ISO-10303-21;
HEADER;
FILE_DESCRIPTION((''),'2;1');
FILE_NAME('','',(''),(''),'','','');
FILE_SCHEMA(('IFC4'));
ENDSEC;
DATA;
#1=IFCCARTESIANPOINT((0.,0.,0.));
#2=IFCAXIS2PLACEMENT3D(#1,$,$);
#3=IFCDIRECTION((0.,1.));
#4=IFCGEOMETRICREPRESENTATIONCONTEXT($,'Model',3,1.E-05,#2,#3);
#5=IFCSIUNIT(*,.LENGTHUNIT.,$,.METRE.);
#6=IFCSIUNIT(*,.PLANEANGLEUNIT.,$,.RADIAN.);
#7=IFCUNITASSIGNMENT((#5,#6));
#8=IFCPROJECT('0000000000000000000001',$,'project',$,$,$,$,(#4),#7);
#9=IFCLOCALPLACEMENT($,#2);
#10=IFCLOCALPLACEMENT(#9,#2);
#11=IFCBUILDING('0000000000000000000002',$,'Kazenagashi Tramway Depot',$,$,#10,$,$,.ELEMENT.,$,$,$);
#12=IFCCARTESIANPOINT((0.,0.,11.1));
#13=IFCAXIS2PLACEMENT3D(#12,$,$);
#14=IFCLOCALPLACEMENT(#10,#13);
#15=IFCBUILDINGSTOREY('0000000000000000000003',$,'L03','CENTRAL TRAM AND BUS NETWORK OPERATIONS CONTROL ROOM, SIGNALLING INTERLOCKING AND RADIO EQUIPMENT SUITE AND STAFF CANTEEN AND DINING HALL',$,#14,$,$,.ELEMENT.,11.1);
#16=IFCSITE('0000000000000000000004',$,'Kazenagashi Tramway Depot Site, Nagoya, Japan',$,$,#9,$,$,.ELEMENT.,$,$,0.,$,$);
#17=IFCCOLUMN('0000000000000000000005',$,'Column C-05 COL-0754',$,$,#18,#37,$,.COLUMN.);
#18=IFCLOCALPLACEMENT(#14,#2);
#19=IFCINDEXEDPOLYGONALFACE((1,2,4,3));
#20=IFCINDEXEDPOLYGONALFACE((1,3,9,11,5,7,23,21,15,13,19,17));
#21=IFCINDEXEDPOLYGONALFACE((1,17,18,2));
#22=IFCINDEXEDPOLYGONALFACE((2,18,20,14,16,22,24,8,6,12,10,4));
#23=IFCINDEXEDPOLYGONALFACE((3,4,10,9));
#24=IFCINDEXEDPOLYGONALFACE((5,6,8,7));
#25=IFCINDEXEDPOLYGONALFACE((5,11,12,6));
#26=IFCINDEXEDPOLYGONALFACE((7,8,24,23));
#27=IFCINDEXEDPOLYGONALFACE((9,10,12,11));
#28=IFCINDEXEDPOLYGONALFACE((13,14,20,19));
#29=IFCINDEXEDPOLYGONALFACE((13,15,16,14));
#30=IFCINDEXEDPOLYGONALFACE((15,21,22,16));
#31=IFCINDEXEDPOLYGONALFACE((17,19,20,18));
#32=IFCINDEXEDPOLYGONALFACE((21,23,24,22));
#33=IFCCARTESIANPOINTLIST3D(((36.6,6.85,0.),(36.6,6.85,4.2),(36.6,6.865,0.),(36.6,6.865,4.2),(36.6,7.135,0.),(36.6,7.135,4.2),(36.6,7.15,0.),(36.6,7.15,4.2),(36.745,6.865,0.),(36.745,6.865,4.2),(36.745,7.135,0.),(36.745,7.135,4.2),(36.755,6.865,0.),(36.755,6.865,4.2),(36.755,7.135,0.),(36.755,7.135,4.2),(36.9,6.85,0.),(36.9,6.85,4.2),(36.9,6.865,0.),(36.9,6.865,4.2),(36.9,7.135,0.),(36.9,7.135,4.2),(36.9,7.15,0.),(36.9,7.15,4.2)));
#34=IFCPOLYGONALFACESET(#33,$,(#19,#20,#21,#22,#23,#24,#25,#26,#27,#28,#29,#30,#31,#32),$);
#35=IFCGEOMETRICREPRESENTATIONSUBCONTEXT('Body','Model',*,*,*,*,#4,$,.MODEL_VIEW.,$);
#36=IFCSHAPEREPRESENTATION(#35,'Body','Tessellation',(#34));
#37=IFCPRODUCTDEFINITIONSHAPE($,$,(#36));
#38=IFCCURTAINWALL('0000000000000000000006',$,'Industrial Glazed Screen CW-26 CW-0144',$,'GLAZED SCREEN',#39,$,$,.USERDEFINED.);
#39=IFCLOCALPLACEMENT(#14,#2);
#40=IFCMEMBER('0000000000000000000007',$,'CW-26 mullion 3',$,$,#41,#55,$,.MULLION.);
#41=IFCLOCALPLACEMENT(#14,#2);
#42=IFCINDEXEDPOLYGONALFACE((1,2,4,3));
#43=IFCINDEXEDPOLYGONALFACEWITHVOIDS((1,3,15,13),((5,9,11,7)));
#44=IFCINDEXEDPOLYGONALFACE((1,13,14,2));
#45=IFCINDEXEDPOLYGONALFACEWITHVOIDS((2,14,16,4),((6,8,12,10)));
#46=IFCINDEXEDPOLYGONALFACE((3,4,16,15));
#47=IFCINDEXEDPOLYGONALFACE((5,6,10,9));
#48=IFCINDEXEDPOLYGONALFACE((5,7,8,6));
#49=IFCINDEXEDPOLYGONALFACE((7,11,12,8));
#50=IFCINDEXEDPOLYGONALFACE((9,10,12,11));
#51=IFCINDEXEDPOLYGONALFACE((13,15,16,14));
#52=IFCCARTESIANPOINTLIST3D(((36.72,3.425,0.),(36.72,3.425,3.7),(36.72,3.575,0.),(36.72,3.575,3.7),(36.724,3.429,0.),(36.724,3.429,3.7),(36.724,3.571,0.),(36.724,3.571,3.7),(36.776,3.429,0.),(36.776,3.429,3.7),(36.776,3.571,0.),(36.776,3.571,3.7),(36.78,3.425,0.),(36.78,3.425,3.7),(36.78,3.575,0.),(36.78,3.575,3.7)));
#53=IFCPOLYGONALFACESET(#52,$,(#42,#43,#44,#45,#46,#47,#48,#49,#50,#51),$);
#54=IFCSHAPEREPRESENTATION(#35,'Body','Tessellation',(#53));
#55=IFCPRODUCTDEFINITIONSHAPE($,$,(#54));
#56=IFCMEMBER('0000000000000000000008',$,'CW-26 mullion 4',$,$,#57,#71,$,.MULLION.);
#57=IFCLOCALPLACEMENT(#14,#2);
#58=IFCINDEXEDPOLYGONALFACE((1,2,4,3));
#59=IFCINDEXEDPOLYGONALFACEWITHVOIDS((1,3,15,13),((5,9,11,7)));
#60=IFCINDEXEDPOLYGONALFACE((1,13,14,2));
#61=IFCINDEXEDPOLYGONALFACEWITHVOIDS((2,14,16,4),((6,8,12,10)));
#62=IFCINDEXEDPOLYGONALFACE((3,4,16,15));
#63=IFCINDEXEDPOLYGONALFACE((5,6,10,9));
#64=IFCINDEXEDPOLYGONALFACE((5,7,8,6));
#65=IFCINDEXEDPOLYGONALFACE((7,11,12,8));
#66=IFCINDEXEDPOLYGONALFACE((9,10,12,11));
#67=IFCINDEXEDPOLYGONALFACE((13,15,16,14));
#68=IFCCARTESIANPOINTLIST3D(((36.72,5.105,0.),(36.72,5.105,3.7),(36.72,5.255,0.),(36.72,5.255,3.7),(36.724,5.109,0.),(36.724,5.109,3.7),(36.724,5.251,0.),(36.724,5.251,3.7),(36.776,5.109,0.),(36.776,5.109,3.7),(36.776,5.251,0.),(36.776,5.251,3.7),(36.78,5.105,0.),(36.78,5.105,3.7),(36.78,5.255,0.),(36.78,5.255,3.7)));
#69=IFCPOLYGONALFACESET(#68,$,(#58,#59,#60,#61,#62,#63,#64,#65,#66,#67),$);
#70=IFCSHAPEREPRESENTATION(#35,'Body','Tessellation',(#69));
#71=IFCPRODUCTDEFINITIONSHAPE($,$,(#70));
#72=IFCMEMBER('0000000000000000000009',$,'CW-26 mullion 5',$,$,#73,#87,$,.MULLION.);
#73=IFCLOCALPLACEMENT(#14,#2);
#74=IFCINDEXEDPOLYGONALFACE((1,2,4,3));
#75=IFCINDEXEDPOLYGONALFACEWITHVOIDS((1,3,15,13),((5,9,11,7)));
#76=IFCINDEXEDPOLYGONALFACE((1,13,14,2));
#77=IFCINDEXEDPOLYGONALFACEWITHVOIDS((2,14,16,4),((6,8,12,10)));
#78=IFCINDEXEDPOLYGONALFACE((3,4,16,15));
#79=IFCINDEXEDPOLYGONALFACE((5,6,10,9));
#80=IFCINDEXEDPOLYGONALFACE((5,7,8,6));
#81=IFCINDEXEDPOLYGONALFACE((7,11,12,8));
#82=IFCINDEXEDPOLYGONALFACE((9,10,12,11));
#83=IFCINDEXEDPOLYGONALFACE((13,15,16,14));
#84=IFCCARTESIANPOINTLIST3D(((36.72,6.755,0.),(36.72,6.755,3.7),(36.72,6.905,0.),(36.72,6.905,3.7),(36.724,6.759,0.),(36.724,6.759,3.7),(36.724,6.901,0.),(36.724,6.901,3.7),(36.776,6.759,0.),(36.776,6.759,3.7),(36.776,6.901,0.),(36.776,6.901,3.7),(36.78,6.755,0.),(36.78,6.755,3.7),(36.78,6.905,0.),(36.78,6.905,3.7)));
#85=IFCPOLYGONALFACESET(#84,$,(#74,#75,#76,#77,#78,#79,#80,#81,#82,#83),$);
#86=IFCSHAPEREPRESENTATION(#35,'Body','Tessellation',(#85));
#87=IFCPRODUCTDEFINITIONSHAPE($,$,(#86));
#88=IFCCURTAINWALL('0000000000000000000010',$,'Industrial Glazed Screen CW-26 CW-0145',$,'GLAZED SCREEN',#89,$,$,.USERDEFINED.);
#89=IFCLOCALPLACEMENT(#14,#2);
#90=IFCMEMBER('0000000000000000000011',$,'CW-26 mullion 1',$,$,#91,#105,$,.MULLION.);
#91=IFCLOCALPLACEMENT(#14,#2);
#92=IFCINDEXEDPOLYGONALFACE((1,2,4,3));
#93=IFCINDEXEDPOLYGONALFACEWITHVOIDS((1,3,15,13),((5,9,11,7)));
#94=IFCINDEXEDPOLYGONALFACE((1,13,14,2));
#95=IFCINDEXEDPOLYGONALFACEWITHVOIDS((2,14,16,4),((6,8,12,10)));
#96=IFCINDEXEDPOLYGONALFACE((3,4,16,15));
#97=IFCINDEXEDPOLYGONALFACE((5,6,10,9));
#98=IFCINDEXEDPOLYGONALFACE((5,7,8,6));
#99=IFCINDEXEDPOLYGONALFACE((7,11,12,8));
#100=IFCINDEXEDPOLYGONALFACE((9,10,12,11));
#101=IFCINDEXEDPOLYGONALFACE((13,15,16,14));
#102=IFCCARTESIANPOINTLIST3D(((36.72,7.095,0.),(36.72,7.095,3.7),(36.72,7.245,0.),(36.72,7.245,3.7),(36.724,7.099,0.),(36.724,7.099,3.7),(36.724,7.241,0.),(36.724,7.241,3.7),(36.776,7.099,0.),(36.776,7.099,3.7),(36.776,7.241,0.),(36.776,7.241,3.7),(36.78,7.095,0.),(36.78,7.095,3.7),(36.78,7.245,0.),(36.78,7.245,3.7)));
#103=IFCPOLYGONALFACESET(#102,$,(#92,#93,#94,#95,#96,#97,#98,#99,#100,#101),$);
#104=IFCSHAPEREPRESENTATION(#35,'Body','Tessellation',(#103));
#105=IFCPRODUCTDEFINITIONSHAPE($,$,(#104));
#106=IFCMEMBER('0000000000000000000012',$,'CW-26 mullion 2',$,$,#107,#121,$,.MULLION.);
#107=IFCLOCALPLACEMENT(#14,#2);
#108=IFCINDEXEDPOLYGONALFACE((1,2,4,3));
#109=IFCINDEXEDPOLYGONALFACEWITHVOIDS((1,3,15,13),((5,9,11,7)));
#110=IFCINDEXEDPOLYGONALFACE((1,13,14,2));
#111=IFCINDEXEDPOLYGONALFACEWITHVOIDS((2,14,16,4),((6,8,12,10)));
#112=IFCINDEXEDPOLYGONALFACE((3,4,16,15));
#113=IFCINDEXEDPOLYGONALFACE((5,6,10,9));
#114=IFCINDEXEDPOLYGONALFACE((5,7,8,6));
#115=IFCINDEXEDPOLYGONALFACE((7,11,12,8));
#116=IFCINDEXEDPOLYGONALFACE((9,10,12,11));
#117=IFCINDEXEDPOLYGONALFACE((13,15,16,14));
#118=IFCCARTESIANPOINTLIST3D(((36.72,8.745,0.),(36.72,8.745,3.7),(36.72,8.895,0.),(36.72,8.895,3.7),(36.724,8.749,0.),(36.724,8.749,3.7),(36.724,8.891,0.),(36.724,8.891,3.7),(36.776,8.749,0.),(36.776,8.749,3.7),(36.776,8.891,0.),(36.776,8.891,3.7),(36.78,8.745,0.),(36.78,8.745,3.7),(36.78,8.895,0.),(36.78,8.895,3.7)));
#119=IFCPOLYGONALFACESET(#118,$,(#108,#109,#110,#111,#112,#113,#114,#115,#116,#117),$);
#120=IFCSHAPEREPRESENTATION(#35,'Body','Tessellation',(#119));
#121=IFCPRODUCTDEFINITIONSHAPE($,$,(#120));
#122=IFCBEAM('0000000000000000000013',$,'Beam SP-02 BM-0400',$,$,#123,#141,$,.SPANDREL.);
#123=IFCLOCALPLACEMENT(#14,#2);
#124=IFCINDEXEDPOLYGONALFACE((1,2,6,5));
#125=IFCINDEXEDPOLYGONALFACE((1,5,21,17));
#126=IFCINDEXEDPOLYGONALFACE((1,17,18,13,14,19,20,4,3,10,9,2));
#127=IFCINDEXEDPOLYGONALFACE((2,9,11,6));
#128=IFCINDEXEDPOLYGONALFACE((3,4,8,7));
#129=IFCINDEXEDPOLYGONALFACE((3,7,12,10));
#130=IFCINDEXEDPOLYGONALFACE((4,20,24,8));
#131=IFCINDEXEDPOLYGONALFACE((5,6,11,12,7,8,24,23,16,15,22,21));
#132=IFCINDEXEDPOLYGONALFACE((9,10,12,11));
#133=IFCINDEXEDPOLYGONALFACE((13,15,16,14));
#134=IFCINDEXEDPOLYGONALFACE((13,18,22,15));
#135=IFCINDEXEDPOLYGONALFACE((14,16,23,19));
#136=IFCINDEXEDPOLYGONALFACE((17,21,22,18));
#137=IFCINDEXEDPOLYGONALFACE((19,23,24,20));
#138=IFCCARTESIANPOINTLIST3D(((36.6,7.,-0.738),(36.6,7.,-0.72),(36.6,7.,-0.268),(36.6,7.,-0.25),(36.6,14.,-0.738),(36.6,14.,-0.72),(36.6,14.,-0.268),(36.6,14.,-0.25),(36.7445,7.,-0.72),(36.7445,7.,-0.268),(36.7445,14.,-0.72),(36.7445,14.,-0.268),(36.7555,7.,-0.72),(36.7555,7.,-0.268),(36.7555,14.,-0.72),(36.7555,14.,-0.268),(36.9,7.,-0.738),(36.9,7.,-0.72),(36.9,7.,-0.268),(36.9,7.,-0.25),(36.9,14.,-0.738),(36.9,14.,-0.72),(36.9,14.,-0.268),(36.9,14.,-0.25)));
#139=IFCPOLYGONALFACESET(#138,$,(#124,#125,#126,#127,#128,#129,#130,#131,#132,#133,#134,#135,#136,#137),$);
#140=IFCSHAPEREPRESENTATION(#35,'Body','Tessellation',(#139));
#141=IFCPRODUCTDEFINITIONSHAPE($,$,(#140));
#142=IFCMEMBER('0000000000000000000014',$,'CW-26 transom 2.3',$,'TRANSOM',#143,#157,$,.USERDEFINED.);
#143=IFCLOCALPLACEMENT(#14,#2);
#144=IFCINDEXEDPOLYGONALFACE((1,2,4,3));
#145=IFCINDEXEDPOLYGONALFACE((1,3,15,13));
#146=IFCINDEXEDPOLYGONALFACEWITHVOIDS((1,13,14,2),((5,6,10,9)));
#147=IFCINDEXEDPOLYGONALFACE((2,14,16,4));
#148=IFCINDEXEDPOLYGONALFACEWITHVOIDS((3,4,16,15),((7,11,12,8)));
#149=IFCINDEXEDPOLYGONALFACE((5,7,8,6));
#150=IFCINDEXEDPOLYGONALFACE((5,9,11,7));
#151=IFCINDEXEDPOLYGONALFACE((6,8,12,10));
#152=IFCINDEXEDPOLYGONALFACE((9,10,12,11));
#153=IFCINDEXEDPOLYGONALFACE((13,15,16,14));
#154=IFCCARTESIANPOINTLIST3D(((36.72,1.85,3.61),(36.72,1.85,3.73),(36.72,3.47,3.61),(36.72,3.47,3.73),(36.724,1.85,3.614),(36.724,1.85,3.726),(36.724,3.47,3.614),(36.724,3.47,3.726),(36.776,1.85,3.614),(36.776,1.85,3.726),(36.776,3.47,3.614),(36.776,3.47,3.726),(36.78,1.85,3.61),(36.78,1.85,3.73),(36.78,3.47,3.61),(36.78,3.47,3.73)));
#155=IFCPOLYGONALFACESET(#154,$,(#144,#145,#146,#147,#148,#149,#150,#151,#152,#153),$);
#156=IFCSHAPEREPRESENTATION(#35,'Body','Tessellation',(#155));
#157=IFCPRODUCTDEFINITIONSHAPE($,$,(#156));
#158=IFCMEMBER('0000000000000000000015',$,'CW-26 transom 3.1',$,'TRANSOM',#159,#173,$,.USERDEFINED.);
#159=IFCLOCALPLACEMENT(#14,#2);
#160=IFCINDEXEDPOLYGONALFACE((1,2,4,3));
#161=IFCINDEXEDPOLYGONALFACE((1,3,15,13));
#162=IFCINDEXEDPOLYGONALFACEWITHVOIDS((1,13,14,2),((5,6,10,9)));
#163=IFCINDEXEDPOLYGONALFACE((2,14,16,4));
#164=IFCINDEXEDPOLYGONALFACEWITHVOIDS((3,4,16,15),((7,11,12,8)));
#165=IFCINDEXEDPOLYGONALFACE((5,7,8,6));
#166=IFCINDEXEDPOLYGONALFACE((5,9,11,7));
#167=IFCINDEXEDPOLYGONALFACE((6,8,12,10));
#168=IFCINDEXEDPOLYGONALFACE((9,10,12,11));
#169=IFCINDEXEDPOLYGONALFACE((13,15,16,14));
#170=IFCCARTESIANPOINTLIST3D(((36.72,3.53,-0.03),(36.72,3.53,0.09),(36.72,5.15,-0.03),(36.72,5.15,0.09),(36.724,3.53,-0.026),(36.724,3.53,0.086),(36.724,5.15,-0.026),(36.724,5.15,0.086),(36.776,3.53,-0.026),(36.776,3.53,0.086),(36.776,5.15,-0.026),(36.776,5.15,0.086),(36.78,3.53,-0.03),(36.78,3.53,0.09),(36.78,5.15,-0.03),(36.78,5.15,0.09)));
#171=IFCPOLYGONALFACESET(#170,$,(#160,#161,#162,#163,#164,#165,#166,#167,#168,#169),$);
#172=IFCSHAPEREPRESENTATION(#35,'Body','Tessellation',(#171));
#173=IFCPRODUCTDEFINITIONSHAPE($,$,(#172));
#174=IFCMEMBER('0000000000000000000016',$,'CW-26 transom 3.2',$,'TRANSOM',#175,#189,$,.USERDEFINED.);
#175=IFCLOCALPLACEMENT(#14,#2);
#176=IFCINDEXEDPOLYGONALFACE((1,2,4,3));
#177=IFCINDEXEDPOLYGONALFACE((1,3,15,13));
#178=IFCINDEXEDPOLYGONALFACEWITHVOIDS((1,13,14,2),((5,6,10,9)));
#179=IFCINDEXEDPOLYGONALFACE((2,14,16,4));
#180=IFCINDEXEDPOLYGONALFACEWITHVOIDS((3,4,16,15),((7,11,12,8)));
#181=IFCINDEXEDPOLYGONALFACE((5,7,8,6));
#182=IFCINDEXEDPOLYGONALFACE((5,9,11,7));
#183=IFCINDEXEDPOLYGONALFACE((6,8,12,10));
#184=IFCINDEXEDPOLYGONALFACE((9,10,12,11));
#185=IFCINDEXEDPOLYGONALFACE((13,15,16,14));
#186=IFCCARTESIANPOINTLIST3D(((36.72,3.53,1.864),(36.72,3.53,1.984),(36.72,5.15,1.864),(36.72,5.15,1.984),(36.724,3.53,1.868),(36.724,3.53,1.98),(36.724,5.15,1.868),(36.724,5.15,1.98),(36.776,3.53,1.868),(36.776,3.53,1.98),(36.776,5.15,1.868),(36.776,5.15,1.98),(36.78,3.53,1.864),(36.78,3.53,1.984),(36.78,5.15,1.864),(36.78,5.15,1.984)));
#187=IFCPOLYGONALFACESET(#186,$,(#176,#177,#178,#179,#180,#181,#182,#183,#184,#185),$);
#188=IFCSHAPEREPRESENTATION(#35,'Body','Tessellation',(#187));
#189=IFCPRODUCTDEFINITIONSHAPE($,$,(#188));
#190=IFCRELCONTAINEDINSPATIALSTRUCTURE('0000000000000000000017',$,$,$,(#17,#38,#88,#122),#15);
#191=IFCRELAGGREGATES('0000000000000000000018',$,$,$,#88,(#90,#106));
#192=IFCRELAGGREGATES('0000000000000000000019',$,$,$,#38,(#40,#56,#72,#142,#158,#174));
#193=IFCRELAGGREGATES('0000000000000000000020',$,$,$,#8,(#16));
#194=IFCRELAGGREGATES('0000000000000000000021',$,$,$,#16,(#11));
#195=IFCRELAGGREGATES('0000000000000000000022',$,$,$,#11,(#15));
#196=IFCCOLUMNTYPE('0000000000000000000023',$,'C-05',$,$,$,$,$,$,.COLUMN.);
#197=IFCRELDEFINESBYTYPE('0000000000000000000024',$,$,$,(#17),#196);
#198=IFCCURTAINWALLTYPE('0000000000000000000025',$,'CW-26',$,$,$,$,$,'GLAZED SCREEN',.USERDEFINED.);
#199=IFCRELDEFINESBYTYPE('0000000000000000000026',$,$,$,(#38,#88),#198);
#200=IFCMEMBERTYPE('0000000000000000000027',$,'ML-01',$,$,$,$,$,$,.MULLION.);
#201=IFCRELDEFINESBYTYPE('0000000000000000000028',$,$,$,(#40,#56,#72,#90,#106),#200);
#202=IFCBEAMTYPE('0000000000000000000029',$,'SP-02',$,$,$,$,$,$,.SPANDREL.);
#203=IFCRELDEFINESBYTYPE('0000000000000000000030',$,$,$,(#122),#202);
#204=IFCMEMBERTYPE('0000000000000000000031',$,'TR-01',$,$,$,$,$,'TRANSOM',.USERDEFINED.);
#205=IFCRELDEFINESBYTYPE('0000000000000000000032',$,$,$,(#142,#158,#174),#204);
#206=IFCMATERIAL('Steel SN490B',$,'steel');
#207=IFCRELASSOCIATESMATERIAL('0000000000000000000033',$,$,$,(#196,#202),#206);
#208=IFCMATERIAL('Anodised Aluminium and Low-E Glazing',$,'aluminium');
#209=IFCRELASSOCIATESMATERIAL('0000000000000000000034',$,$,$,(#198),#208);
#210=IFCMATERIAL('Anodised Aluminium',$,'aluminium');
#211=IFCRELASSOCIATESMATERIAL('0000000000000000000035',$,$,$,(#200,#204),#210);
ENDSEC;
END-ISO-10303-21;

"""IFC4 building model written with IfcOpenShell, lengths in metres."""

from ifc_helpers import new_model, si_unit, direction, frame, origin, origin_2d, place, context, subcontext, project, spatial, hollow_rectangle, i_section, extrude, material, material_profile, profile_set, type_object, element, aggregate, save


model = new_model("IFC4")

# Units and contexts
model_context = context("Model", 3, precision=1e-05, world=origin(), true_north=direction((0.0, 1.0)))
body_context = subcontext(model_context, "Body", "Model", "MODEL_VIEW")
ifc_project = project(units=[si_unit("LENGTHUNIT", "METRE"), si_unit("PLANEANGLEUNIT", "RADIAN")], contexts=[model_context])

# Site, building, storey
site_placement = place(None, origin())
site = spatial("IfcSite", under=ifc_project, at=site_placement, Name="Kazenagashi Tramway Depot Site, Nagoya, Japan", CompositionType="ELEMENT", RefElevation=0.0)
building_placement = place(site_placement, origin())
building = spatial("IfcBuilding", under=site, at=building_placement, Name="Kazenagashi Tramway Depot", CompositionType="ELEMENT")
storey_placement = place(building_placement, frame((0.0, 0.0, 11.1)))
storey = spatial("IfcBuildingStorey", under=building, at=storey_placement, Name="L03", Description="CENTRAL TRAM AND BUS NETWORK OPERATIONS CONTROL ROOM, SIGNALLING INTERLOCKING AND RADIO EQUIPMENT SUITE AND STAFF CANTEEN AND DINING HALL", CompositionType="ELEMENT", Elevation=11.1)

# Column
ifc_material_1 = material(Name="Steel SN490B", Category="steel")
ifc_material_profile_1 = material_profile(ifc_material_1, i_section(OverallWidth=0.3, OverallDepth=0.3, WebThickness=0.01, FlangeThickness=0.015, at=origin_2d()), Name="H-300x300x10x15")
ifc_profile_set_1 = profile_set([ifc_material_profile_1], Name="Steel SN490B")
column_type = type_object("IfcColumnType", Name="C-05", PredefinedType="COLUMN", material=ifc_profile_set_1)
column_placement = place(storey_placement, frame((36.75, 7.0, 0.0), z_axis=(0.0, 0.0, 1.0), x_axis=(1.0, 0.0, 0.0)))
element("IfcColumn", 1, at=column_placement, inside=storey, type_object=column_type, Name="Column C-05 COL-0754", PredefinedType="COLUMN", context=body_context, shape_type="SweptSolid", body=[
    extrude(i_section(OverallWidth=0.3, OverallDepth=0.3, WebThickness=0.01, FlangeThickness=0.015, at=origin_2d()), origin(), (0.0, 0.0, 1.0), 4.2),
])

# Curtain walls, members
ifc_material_2 = material(Name="Anodised Aluminium and Low-E Glazing", Category="aluminium")
curtain_wall_type = type_object("IfcCurtainWallType", Name="CW-26", ElementType="GLAZED SCREEN", PredefinedType="USERDEFINED", material=ifc_material_2)
curtain_wall_1_placement = place(storey_placement, origin())
curtain_wall_1 = element("IfcCurtainWall", 2, at=curtain_wall_1_placement, inside=storey, type_object=curtain_wall_type, Name="Industrial Glazed Screen CW-26 CW-0144", ObjectType="GLAZED SCREEN", PredefinedType="USERDEFINED")
ifc_material_3 = material(Name="Anodised Aluminium", Category="aluminium")
ifc_material_profile_2 = material_profile(ifc_material_3, hollow_rectangle(XDim=0.06, YDim=0.15, WallThickness=0.004, at=origin_2d()), Name="RHS-150x60x4")
ifc_profile_set_2 = profile_set([ifc_material_profile_2], Name="Anodised Aluminium")
member_type_1 = type_object("IfcMemberType", Name="ML-01", PredefinedType="MULLION", material=ifc_profile_set_2)
member_1_placement = place(storey_placement, frame((36.75, 3.5, 0.0), z_axis=(0.0, 0.0, 1.0), x_axis=(-1.0, 0.0, 0.0)))
member_1 = element("IfcMember", 3, at=member_1_placement, type_object=member_type_1, Name="CW-26 mullion 3", PredefinedType="MULLION", context=body_context, shape_type="SweptSolid", body=[
    extrude(hollow_rectangle(XDim=0.06, YDim=0.15, WallThickness=0.004, at=origin_2d()), origin(), (0.0, 0.0, 1.0), 3.7),
])
member_2_placement = place(storey_placement, frame((36.75, 5.18, 0.0), z_axis=(0.0, 0.0, 1.0), x_axis=(-1.0, 0.0, 0.0)))
member_2 = element("IfcMember", 4, at=member_2_placement, type_object=member_type_1, Name="CW-26 mullion 4", PredefinedType="MULLION", context=body_context, shape_type="SweptSolid", body=[
    extrude(hollow_rectangle(XDim=0.06, YDim=0.15, WallThickness=0.004, at=origin_2d()), origin(), (0.0, 0.0, 1.0), 3.7),
])
member_3_placement = place(storey_placement, frame((36.75, 6.83, 0.0), z_axis=(0.0, 0.0, 1.0), x_axis=(-1.0, 0.0, 0.0)))
member_3 = element("IfcMember", 5, at=member_3_placement, type_object=member_type_1, Name="CW-26 mullion 5", PredefinedType="MULLION", context=body_context, shape_type="SweptSolid", body=[
    extrude(hollow_rectangle(XDim=0.06, YDim=0.15, WallThickness=0.004, at=origin_2d()), origin(), (0.0, 0.0, 1.0), 3.7),
])
curtain_wall_2_placement = place(storey_placement, origin())
curtain_wall_2 = element("IfcCurtainWall", 6, at=curtain_wall_2_placement, inside=storey, type_object=curtain_wall_type, Name="Industrial Glazed Screen CW-26 CW-0145", ObjectType="GLAZED SCREEN", PredefinedType="USERDEFINED")
member_4_placement = place(storey_placement, frame((36.75, 7.17, 0.0), z_axis=(0.0, 0.0, 1.0), x_axis=(-1.0, 0.0, 0.0)))
member_4 = element("IfcMember", 7, at=member_4_placement, type_object=member_type_1, Name="CW-26 mullion 1", PredefinedType="MULLION", context=body_context, shape_type="SweptSolid", body=[
    extrude(hollow_rectangle(XDim=0.06, YDim=0.15, WallThickness=0.004, at=origin_2d()), origin(), (0.0, 0.0, 1.0), 3.7),
])
member_5_placement = place(storey_placement, frame((36.75, 8.82, 0.0), z_axis=(0.0, 0.0, 1.0), x_axis=(-1.0, 0.0, 0.0)))
member_5 = element("IfcMember", 8, at=member_5_placement, type_object=member_type_1, Name="CW-26 mullion 2", PredefinedType="MULLION", context=body_context, shape_type="SweptSolid", body=[
    extrude(hollow_rectangle(XDim=0.06, YDim=0.15, WallThickness=0.004, at=origin_2d()), origin(), (0.0, 0.0, 1.0), 3.7),
])

# Beam
ifc_material_profile_3 = material_profile(ifc_material_1, i_section(OverallWidth=0.3, OverallDepth=0.488, WebThickness=0.011, FlangeThickness=0.018, at=origin_2d()), Name="H-488x300x11x18")
ifc_profile_set_3 = profile_set([ifc_material_profile_3], Name="Steel SN490B")
beam_type = type_object("IfcBeamType", Name="SP-02", PredefinedType="SPANDREL", material=ifc_profile_set_3)
beam_placement = place(storey_placement, frame((36.75, 7.0, -0.494), z_axis=(0.0, 1.0, 0.0), x_axis=(-1.0, 0.0, 0.0)))
element("IfcBeam", 9, at=beam_placement, inside=storey, type_object=beam_type, Name="Beam SP-02 BM-0400", PredefinedType="SPANDREL", context=body_context, shape_type="SweptSolid", body=[
    extrude(i_section(OverallWidth=0.3, OverallDepth=0.488, WebThickness=0.011, FlangeThickness=0.018, at=origin_2d()), origin(), (0.0, 0.0, 1.0), 7.0),
])

# Members
ifc_material_profile_4 = material_profile(ifc_material_3, hollow_rectangle(XDim=0.06, YDim=0.12, WallThickness=0.004, at=origin_2d()), Name="RHS-120x60x4")
ifc_profile_set_4 = profile_set([ifc_material_profile_4], Name="Anodised Aluminium")
member_type_2 = type_object("IfcMemberType", Name="TR-01", ElementType="TRANSOM", PredefinedType="USERDEFINED", material=ifc_profile_set_4)
member_6_placement = place(storey_placement, frame((36.75, 1.85, 3.67), z_axis=(0.0, 1.0, 0.0), x_axis=(-1.0, 0.0, 0.0)))
member_6 = element("IfcMember", 10, at=member_6_placement, type_object=member_type_2, Name="CW-26 transom 2.3", ObjectType="TRANSOM", PredefinedType="USERDEFINED", context=body_context, shape_type="SweptSolid", body=[
    extrude(hollow_rectangle(XDim=0.06, YDim=0.12, WallThickness=0.004, at=origin_2d()), origin(), (0.0, 0.0, 1.0), 1.62),
])
member_7_placement = place(storey_placement, frame((36.75, 3.53, 0.03), z_axis=(0.0, 1.0, 0.0), x_axis=(-1.0, 0.0, 0.0)))
member_7 = element("IfcMember", 11, at=member_7_placement, type_object=member_type_2, Name="CW-26 transom 3.1", ObjectType="TRANSOM", PredefinedType="USERDEFINED", context=body_context, shape_type="SweptSolid", body=[
    extrude(hollow_rectangle(XDim=0.06, YDim=0.12, WallThickness=0.004, at=origin_2d()), origin(), (0.0, 0.0, 1.0), 1.62),
])
member_8_placement = place(storey_placement, frame((36.75, 3.53, 1.924), z_axis=(0.0, 1.0, 0.0), x_axis=(-1.0, 0.0, 0.0)))
member_8 = element("IfcMember", 12, at=member_8_placement, type_object=member_type_2, Name="CW-26 transom 3.2", ObjectType="TRANSOM", PredefinedType="USERDEFINED", context=body_context, shape_type="SweptSolid", body=[
    extrude(hollow_rectangle(XDim=0.06, YDim=0.12, WallThickness=0.004, at=origin_2d()), origin(), (0.0, 0.0, 1.0), 1.62),
])

aggregate(curtain_wall_2, [member_4, member_5])
aggregate(curtain_wall_1, [member_1, member_2, member_3, member_6, member_7, member_8])

save(model, "model.ifc")
